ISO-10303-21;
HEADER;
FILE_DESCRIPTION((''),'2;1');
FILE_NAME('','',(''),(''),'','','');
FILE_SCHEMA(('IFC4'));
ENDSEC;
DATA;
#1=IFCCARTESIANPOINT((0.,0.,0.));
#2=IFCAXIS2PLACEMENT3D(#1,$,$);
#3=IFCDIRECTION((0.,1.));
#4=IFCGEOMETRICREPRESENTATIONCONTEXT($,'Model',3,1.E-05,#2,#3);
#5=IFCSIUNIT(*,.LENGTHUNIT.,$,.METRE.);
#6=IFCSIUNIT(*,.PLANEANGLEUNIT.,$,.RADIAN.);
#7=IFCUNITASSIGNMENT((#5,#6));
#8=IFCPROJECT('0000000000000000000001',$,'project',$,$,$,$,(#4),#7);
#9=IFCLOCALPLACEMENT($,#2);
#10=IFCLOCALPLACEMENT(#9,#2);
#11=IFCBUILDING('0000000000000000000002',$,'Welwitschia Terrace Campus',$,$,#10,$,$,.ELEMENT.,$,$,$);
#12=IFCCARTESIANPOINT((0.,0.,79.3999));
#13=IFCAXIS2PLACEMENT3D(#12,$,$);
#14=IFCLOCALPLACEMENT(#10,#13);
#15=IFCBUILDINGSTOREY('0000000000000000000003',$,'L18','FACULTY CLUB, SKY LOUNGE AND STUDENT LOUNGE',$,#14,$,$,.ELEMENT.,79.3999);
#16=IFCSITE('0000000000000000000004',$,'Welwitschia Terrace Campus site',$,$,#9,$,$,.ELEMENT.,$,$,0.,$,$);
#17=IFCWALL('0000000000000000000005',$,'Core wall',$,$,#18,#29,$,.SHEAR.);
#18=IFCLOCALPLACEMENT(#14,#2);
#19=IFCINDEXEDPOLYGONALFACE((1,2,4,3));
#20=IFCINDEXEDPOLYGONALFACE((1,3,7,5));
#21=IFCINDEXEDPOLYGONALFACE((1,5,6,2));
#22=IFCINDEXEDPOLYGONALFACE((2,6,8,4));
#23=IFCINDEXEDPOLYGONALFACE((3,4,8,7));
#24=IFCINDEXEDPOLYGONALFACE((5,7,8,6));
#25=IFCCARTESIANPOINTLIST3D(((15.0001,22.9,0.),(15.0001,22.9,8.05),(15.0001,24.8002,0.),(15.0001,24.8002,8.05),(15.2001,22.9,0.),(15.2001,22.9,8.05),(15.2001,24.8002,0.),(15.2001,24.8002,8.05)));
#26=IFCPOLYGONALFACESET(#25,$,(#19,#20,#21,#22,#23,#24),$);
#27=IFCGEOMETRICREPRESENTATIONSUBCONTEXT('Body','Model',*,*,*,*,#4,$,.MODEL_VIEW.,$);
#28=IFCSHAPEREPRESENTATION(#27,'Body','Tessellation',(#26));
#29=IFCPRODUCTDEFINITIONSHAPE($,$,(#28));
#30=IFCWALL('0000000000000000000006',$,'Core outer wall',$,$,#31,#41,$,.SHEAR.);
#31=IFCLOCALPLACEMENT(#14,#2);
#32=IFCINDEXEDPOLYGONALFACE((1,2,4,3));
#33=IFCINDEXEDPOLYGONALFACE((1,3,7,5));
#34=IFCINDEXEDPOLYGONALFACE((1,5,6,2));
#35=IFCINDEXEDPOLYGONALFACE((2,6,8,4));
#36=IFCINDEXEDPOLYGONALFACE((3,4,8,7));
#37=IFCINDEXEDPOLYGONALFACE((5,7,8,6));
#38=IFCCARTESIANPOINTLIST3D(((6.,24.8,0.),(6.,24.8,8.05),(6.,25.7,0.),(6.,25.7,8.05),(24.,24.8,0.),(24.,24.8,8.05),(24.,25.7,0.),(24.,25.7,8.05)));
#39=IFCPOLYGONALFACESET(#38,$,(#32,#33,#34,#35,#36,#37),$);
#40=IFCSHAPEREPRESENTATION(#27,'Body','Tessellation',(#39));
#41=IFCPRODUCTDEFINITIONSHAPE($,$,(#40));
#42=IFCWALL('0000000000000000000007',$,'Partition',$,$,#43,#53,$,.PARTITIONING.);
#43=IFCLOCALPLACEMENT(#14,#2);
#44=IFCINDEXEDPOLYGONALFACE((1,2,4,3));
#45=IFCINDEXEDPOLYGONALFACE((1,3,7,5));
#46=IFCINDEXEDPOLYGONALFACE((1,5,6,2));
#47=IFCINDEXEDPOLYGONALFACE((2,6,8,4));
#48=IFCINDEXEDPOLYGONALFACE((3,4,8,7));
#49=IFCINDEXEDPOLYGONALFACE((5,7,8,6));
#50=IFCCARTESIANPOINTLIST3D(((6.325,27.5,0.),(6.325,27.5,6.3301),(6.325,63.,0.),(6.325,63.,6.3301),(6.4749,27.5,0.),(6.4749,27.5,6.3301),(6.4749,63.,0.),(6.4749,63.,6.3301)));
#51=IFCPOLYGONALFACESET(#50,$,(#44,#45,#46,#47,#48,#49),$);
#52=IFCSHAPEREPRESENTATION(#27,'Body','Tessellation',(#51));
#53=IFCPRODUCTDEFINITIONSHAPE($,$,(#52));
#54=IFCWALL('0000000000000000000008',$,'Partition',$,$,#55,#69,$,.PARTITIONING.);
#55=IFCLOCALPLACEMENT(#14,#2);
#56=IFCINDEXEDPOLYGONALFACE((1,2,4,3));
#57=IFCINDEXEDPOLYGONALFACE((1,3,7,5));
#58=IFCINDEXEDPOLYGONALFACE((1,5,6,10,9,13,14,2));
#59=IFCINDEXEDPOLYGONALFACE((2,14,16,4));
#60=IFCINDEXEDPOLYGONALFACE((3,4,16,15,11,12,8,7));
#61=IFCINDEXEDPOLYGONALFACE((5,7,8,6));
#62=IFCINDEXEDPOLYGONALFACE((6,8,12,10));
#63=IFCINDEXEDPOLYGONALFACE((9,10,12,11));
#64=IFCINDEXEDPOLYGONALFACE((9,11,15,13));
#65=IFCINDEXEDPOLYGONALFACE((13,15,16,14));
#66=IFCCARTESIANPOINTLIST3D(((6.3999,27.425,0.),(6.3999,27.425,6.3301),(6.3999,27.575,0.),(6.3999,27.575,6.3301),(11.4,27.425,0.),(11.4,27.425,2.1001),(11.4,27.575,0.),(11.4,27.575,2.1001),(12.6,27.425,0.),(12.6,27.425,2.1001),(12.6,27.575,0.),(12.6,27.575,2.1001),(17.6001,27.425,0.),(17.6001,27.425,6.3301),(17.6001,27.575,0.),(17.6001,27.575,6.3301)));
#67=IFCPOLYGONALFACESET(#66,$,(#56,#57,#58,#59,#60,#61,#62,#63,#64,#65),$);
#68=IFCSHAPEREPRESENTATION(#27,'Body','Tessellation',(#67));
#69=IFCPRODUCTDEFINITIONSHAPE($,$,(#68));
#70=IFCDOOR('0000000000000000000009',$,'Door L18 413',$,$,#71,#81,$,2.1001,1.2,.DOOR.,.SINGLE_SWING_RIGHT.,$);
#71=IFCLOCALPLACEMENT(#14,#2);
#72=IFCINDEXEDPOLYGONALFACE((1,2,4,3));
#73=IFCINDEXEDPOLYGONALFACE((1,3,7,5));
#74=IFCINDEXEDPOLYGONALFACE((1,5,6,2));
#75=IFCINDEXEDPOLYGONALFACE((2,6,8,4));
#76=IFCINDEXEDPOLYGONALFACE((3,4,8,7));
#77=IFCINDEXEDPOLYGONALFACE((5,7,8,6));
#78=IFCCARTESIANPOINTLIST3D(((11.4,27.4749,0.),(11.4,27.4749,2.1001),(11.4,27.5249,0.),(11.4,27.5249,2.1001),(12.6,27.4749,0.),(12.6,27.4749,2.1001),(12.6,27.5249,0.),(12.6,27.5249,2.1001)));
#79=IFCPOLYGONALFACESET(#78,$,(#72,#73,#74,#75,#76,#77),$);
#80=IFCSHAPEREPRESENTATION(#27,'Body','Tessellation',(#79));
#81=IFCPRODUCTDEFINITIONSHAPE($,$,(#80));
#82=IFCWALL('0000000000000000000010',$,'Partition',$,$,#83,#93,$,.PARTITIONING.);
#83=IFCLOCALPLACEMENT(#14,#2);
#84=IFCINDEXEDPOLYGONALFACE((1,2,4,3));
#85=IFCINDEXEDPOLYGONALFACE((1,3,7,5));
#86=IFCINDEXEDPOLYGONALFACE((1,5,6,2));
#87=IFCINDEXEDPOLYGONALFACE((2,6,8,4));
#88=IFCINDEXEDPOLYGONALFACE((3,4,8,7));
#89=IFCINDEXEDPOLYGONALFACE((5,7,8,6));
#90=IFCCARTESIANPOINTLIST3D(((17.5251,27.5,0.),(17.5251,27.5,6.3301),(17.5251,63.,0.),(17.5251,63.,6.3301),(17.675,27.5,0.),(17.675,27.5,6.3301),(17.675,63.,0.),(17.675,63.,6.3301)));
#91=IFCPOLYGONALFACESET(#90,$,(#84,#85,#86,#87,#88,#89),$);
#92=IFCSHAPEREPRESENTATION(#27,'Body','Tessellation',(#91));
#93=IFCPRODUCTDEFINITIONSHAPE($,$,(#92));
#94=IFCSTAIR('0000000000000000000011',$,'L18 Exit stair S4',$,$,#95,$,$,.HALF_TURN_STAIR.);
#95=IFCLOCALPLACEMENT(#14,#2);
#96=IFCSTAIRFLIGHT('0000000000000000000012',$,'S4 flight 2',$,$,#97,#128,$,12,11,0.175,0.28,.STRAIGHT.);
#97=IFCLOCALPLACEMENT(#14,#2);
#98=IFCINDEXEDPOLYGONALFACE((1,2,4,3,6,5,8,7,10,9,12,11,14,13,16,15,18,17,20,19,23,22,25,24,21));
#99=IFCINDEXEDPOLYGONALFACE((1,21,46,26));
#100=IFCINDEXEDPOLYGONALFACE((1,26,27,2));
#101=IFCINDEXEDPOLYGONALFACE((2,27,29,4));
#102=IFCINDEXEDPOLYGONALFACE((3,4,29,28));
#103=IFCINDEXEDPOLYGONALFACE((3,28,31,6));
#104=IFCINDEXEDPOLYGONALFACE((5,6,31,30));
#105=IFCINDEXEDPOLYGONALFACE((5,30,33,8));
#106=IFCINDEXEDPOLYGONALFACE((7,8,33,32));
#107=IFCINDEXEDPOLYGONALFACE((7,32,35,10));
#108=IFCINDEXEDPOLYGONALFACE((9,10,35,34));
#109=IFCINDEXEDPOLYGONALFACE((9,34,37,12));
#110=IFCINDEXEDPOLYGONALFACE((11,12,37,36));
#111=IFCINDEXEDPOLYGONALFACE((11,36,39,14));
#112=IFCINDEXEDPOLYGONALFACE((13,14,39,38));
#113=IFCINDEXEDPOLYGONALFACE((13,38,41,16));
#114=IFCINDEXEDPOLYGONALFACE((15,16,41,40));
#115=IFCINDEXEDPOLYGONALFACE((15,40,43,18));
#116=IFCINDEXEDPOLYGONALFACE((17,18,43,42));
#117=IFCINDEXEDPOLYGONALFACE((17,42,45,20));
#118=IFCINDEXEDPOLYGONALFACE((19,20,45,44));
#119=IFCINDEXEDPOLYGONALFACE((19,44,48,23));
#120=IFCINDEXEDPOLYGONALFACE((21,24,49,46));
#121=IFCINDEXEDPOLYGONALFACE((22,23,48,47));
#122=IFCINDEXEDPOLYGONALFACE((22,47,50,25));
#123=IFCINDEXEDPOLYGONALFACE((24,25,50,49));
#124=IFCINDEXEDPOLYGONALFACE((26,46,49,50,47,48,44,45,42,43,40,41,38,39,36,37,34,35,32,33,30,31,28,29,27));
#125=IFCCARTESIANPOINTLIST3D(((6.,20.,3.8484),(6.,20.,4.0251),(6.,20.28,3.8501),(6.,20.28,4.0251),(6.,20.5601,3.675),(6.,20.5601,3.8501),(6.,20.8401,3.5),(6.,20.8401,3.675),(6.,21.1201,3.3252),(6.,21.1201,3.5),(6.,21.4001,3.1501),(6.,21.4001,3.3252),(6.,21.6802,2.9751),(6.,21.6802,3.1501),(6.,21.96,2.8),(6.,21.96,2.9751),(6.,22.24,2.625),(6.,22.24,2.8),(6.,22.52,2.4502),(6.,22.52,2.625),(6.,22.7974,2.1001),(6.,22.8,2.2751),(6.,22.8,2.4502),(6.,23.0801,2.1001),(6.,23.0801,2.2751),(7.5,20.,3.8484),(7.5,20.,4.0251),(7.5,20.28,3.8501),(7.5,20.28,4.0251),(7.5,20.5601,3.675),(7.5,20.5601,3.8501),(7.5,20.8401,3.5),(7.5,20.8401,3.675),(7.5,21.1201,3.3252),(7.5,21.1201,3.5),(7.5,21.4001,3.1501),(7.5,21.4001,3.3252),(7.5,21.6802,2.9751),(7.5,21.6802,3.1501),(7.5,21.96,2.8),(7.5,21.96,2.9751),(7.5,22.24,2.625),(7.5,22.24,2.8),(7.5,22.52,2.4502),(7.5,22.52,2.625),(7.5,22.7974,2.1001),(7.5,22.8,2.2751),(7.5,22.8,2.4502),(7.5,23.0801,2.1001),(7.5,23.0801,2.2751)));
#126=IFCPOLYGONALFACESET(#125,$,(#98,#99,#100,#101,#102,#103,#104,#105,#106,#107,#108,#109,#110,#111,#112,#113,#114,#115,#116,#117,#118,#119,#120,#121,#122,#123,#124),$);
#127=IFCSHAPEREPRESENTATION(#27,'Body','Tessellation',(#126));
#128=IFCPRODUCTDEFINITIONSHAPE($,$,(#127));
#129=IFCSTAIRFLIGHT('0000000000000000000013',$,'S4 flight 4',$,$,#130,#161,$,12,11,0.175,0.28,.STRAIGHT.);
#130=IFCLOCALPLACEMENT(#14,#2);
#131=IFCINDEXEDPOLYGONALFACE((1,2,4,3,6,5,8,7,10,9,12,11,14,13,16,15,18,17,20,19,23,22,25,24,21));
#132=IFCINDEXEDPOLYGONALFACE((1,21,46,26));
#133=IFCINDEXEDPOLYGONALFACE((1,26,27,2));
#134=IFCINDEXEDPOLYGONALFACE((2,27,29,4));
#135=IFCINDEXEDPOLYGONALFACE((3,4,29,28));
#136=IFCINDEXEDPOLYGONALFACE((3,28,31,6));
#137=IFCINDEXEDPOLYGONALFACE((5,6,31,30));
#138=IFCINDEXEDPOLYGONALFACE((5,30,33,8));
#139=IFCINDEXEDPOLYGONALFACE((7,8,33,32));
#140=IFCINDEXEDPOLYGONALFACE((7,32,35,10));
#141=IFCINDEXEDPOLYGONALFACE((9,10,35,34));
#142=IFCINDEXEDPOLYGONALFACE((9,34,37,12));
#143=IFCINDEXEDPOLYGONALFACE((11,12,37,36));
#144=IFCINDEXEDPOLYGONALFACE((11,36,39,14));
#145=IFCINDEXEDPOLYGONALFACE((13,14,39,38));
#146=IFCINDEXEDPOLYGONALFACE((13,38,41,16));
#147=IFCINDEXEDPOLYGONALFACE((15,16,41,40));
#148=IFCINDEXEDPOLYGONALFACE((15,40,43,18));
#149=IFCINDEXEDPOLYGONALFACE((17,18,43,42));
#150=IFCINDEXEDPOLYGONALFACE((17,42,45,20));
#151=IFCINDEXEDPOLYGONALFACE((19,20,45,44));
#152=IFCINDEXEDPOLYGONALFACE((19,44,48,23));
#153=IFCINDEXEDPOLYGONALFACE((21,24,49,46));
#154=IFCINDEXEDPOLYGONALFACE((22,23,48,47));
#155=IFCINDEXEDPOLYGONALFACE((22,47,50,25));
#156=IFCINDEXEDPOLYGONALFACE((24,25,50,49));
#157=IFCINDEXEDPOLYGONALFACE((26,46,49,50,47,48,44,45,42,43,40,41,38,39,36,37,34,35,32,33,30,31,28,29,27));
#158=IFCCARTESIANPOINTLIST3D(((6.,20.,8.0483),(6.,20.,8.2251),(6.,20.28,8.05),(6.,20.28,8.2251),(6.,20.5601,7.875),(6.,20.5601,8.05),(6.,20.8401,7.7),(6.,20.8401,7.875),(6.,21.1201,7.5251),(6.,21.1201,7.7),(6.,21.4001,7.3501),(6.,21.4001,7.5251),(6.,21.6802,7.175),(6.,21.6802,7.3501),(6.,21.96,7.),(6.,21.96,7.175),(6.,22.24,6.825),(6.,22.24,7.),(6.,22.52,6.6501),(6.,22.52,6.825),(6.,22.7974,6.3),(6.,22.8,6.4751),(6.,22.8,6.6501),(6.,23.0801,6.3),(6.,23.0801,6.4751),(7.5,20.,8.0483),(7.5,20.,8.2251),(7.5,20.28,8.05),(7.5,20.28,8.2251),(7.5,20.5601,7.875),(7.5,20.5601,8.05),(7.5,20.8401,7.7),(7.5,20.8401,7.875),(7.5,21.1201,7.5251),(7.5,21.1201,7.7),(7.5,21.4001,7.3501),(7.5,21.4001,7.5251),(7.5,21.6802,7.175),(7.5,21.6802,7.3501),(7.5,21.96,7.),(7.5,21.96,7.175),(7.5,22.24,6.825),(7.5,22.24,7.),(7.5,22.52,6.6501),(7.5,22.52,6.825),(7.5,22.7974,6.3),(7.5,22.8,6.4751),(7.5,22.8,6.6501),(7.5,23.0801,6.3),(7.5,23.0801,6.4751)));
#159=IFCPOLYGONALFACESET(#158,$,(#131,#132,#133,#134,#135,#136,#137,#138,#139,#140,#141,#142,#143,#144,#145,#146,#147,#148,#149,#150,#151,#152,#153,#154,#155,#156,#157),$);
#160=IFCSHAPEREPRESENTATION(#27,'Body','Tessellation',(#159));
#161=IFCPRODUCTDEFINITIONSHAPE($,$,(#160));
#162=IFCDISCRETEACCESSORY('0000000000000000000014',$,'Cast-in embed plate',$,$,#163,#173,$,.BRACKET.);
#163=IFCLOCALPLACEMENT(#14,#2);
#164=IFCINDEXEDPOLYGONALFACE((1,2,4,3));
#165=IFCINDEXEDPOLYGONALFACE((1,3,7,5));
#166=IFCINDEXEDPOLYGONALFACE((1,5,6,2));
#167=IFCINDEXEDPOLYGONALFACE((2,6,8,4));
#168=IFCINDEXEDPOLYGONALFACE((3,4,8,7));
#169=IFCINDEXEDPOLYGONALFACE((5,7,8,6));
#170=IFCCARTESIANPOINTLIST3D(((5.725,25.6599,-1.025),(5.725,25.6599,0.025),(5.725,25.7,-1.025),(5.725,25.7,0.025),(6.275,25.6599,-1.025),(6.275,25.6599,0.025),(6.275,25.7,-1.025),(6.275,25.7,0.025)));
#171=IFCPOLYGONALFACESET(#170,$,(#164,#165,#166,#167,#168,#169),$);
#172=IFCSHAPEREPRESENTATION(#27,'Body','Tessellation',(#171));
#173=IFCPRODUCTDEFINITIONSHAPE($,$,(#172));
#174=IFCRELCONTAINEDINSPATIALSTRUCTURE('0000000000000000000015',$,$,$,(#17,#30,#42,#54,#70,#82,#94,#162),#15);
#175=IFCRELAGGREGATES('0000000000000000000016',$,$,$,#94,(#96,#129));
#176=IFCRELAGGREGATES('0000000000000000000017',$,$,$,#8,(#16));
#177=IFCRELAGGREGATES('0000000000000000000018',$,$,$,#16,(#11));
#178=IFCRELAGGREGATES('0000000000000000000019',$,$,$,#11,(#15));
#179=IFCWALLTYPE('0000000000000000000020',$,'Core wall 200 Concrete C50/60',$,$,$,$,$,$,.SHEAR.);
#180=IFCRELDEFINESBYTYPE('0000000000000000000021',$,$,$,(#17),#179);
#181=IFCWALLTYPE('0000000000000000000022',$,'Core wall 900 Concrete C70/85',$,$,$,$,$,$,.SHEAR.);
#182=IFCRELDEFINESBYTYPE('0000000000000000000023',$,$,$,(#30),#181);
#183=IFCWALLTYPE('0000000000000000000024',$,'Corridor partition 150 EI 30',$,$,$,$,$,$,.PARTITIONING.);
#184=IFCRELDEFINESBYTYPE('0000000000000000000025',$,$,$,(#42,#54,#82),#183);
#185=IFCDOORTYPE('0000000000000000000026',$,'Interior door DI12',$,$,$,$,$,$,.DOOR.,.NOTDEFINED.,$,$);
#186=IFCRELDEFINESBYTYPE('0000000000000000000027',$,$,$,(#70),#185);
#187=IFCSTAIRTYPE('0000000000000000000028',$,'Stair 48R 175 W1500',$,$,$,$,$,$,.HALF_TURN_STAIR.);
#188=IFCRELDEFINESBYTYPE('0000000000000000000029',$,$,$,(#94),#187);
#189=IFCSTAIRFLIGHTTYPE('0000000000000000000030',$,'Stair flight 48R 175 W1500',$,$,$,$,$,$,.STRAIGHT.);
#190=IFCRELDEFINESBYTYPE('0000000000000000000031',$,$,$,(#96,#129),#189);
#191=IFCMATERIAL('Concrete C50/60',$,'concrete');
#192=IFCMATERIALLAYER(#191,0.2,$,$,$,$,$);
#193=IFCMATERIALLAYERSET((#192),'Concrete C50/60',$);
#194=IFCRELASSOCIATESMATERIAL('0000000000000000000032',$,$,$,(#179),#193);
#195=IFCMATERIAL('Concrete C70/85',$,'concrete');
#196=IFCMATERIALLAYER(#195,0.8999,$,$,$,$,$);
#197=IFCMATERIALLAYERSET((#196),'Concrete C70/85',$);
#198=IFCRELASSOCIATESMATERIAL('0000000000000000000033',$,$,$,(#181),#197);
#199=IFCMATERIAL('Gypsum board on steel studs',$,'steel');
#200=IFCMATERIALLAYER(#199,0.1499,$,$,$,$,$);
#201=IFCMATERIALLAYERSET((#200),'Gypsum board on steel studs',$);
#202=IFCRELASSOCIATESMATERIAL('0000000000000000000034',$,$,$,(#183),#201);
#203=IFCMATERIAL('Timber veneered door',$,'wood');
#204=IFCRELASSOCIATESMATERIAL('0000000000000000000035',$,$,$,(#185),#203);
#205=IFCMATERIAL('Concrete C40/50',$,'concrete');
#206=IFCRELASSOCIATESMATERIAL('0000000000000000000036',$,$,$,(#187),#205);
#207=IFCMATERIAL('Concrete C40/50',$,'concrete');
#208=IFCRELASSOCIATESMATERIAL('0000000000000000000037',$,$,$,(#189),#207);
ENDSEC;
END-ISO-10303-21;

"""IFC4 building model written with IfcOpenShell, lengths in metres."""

from ifc_helpers import new_model, si_unit, direction, frame, frame_2d, origin, origin_2d, place, context, subcontext, project, spatial, polyline, rectangle, outline, extrude, material, layer, layer_set, type_object, element, fill, aggregate, save


model = new_model("IFC4")

# Units and contexts
model_context = context("Model", 3, precision=1e-05, world=origin(), true_north=direction((0.0, 1.0)))
body_context = subcontext(model_context, "Body", "Model", "MODEL_VIEW")
ifc_project = project(units=[si_unit("LENGTHUNIT", "METRE"), si_unit("PLANEANGLEUNIT", "RADIAN")], contexts=[model_context])

# Site, building, storey
site_placement = place(None, origin())
site = spatial("IfcSite", under=ifc_project, at=site_placement, Name="Welwitschia Terrace Campus site", CompositionType="ELEMENT", RefElevation=0.0)
building_placement = place(site_placement, origin())
building = spatial("IfcBuilding", under=site, at=building_placement, Name="Welwitschia Terrace Campus", CompositionType="ELEMENT")
storey_placement = place(building_placement, frame((0.0, 0.0, 79.3999)))
storey = spatial("IfcBuildingStorey", under=building, at=storey_placement, Name="L18", Description="FACULTY CLUB, SKY LOUNGE AND STUDENT LOUNGE", CompositionType="ELEMENT", Elevation=79.3999)

# Walls
ifc_material_1 = material(Name="Concrete C50/60", Category="concrete")
ifc_layer_1 = layer(ifc_material_1, 0.2)
ifc_layer_set_1 = layer_set([ifc_layer_1], Name="Concrete C50/60")
wall_type_1 = type_object("IfcWallType", Name="Core wall 200 Concrete C50/60", PredefinedType="SHEAR", material=ifc_layer_set_1)
wall_1_placement = place(storey_placement, frame((15.1001, 22.8999, 0.0), z_axis=(0.0, 0.0, 1.0), x_axis=(0.0, 1.0, 0.0)))
element("IfcWall", 1, at=wall_1_placement, inside=storey, type_object=wall_type_1, Name="Core wall", PredefinedType="SHEAR", context=body_context, shape_type="SweptSolid", body=[
    extrude(rectangle(XDim=1.9001, YDim=0.2, at=frame_2d((0.9502, 0.0))), origin(), (0.0, 0.0, 1.0), 8.05),
])
ifc_material_2 = material(Name="Concrete C70/85", Category="concrete")
ifc_layer_2 = layer(ifc_material_2, 0.8999)
ifc_layer_set_2 = layer_set([ifc_layer_2], Name="Concrete C70/85")
wall_type_2 = type_object("IfcWallType", Name="Core wall 900 Concrete C70/85", PredefinedType="SHEAR", material=ifc_layer_set_2)
wall_2_placement = place(storey_placement, frame((6.0, 25.25, 0.0), z_axis=(0.0, 0.0, 1.0), x_axis=(1.0, 0.0, 0.0)))
element("IfcWall", 2, at=wall_2_placement, inside=storey, type_object=wall_type_2, Name="Core outer wall", PredefinedType="SHEAR", context=body_context, shape_type="SweptSolid", body=[
    extrude(rectangle(XDim=18.0, YDim=0.8999, at=frame_2d((9.0, 0.0))), origin(), (0.0, 0.0, 1.0), 8.05),
])
ifc_material_3 = material(Name="Gypsum board on steel studs", Category="steel")
ifc_layer_3 = layer(ifc_material_3, 0.1499)
ifc_layer_set_3 = layer_set([ifc_layer_3], Name="Gypsum board on steel studs")
wall_type_3 = type_object("IfcWallType", Name="Corridor partition 150 EI 30", PredefinedType="PARTITIONING", material=ifc_layer_set_3)
wall_3_placement = place(storey_placement, frame((6.3999, 27.5, 0.0), z_axis=(0.0, 0.0, 1.0), x_axis=(0.0, 1.0, 0.0)))
element("IfcWall", 3, at=wall_3_placement, inside=storey, type_object=wall_type_3, Name="Partition", PredefinedType="PARTITIONING", context=body_context, shape_type="SweptSolid", body=[
    extrude(rectangle(XDim=35.5, YDim=0.1499, at=frame_2d((17.75, 0.0))), origin(), (0.0, 0.0, 1.0), 6.3301),
])

# Wall, opening, door
wall_4_placement = place(storey_placement, frame((6.3999, 27.5, 0.0), z_axis=(0.0, 0.0, 1.0), x_axis=(1.0, 0.0, 0.0)))
wall_4 = element("IfcWall", 4, at=wall_4_placement, inside=storey, type_object=wall_type_3, Name="Partition", PredefinedType="PARTITIONING", context=body_context, shape_type="SweptSolid", body=[
    extrude(rectangle(XDim=11.2002, YDim=0.1499, at=frame_2d((5.6001, 0.0))), origin(), (0.0, 0.0, 1.0), 6.3301),
])
opening_placement = place(wall_4_placement, frame((5.0, 0.0, 0.0)))
opening = element("IfcOpeningElement", 5, at=opening_placement, cuts=wall_4, PredefinedType="OPENING", context=body_context, shape_type="SweptSolid", body=[
    extrude(rectangle(XDim=1.2, YDim=2.1001, at=frame_2d((0.6001, 1.05))), frame((0.0, 0.085, 0.0), z_axis=(0.0, -1.0, 0.0), x_axis=(1.0, 0.0, 0.0)), (0.0, 0.0, 1.0), 0.1699),
])
ifc_material_4 = material(Name="Timber veneered door", Category="wood")
door_type = type_object("IfcDoorType", Name="Interior door DI12", OperationType="NOTDEFINED", PredefinedType="DOOR", material=ifc_material_4)
door_placement = place(opening_placement, origin())
door = element("IfcDoor", 6, at=door_placement, inside=storey, type_object=door_type, Name="Door L18 413", OperationType="SINGLE_SWING_RIGHT", OverallHeight=2.1001, OverallWidth=1.2, PredefinedType="DOOR", context=body_context, shape_type="SweptSolid", body=[
    extrude(rectangle(XDim=1.2, YDim=2.1001, at=frame_2d((0.6001, 1.05))), frame((0.0, 0.0249, 0.0), z_axis=(0.0, -1.0, 0.0), x_axis=(1.0, 0.0, 0.0)), (0.0, 0.0, 1.0), 0.05),
])
fill(opening, door)

# Wall
wall_5_placement = place(storey_placement, frame((17.6001, 27.5, 0.0), z_axis=(0.0, 0.0, 1.0), x_axis=(0.0, 1.0, 0.0)))
element("IfcWall", 7, at=wall_5_placement, inside=storey, type_object=wall_type_3, Name="Partition", PredefinedType="PARTITIONING", context=body_context, shape_type="SweptSolid", body=[
    extrude(rectangle(XDim=35.5, YDim=0.1499, at=frame_2d((17.75, 0.0))), origin(), (0.0, 0.0, 1.0), 6.3301),
])

# Stair, stair flights
ifc_material_5 = material(Name="Concrete C40/50", Category="concrete")
stair_type = type_object("IfcStairType", Name="Stair 48R 175 W1500", PredefinedType="HALF_TURN_STAIR", material=ifc_material_5)
stair_placement = place(storey_placement, origin())
stair = element("IfcStair", 8, at=stair_placement, inside=storey, type_object=stair_type, Name="L18 Exit stair S4", PredefinedType="HALF_TURN_STAIR")
ifc_material_6 = material(Name="Concrete C40/50", Category="concrete")
stair_flight_type = type_object("IfcStairFlightType", Name="Stair flight 48R 175 W1500", PredefinedType="STRAIGHT", material=ifc_material_6)
stair_flight_1_placement = place(storey_placement, frame((6.75, 23.0801, 2.1001), z_axis=(0.0, 0.0, 1.0), x_axis=(0.0, -1.0, 0.0)))
stair_flight_1 = element("IfcStairFlight", 9, at=stair_flight_1_placement, type_object=stair_flight_type, Name="S4 flight 2", NumberOfRisers=12, NumberOfTreads=11, PredefinedType="STRAIGHT", RiserHeight=0.175, TreadLength=0.28, context=body_context, shape_type="SweptSolid", body=[
    extrude(outline(polyline([(0.0, 0.0), (0.0, 0.175), (0.28, 0.175), (0.28, 0.3501), (0.5601, 0.3501), (0.5601, 0.5249), (0.8401, 0.5249), (0.8401, 0.7), (1.1201, 0.7), (1.1201, 0.875), (1.3999, 0.875), (1.3999, 1.05), (1.6799, 1.05), (1.6799, 1.2251), (1.96, 1.2251), (1.96, 1.3999), (2.24, 1.3999), (2.24, 1.575), (2.52, 1.575), (2.52, 1.75), (2.8, 1.75), (2.8, 1.925), (3.0801, 1.925), (3.0801, 2.1001), (3.0801, 1.7483), (0.2827, 0.0), (0.0, 0.0)])), frame((0.0, 0.75, 0.0), z_axis=(0.0, -1.0, 0.0), x_axis=(1.0, 0.0, 0.0)), (0.0, 0.0, 1.0), 1.5),
])
stair_flight_2_placement = place(storey_placement, frame((6.75, 23.0801, 6.3), z_axis=(0.0, 0.0, 1.0), x_axis=(0.0, -1.0, 0.0)))
stair_flight_2 = element("IfcStairFlight", 10, at=stair_flight_2_placement, type_object=stair_flight_type, Name="S4 flight 4", NumberOfRisers=12, NumberOfTreads=11, PredefinedType="STRAIGHT", RiserHeight=0.175, TreadLength=0.28, context=body_context, shape_type="SweptSolid", body=[
    extrude(outline(polyline([(0.0, 0.0), (0.0, 0.175), (0.28, 0.175), (0.28, 0.3501), (0.5601, 0.3501), (0.5601, 0.5249), (0.8401, 0.5249), (0.8401, 0.7), (1.1201, 0.7), (1.1201, 0.875), (1.3999, 0.875), (1.3999, 1.05), (1.6799, 1.05), (1.6799, 1.2251), (1.96, 1.2251), (1.96, 1.3999), (2.24, 1.3999), (2.24, 1.575), (2.52, 1.575), (2.52, 1.75), (2.8, 1.75), (2.8, 1.925), (3.0801, 1.925), (3.0801, 2.1001), (3.0801, 1.7483), (0.2827, 0.0), (0.0, 0.0)])), frame((0.0, 0.75, 0.0), z_axis=(0.0, -1.0, 0.0), x_axis=(1.0, 0.0, 0.0)), (0.0, 0.0, 1.0), 1.5),
])
aggregate(stair, [stair_flight_1, stair_flight_2])

# Discrete accessory
discrete_accessory_1_placement = place(storey_placement, frame((6.0, 25.7, -0.5), z_axis=(0.0, -1.0, 0.0), x_axis=(1.0, 0.0, 0.0)))
element("IfcDiscreteAccessory", 11, at=discrete_accessory_1_placement, inside=storey, Name="Cast-in embed plate", PredefinedType="BRACKET", context=body_context, shape_type="SweptSolid", body=[
    extrude(rectangle(XDim=0.55, YDim=1.05, at=origin_2d()), origin(), (0.0, 0.0, 1.0), 0.04),
])

save(model, "model.ifc")
